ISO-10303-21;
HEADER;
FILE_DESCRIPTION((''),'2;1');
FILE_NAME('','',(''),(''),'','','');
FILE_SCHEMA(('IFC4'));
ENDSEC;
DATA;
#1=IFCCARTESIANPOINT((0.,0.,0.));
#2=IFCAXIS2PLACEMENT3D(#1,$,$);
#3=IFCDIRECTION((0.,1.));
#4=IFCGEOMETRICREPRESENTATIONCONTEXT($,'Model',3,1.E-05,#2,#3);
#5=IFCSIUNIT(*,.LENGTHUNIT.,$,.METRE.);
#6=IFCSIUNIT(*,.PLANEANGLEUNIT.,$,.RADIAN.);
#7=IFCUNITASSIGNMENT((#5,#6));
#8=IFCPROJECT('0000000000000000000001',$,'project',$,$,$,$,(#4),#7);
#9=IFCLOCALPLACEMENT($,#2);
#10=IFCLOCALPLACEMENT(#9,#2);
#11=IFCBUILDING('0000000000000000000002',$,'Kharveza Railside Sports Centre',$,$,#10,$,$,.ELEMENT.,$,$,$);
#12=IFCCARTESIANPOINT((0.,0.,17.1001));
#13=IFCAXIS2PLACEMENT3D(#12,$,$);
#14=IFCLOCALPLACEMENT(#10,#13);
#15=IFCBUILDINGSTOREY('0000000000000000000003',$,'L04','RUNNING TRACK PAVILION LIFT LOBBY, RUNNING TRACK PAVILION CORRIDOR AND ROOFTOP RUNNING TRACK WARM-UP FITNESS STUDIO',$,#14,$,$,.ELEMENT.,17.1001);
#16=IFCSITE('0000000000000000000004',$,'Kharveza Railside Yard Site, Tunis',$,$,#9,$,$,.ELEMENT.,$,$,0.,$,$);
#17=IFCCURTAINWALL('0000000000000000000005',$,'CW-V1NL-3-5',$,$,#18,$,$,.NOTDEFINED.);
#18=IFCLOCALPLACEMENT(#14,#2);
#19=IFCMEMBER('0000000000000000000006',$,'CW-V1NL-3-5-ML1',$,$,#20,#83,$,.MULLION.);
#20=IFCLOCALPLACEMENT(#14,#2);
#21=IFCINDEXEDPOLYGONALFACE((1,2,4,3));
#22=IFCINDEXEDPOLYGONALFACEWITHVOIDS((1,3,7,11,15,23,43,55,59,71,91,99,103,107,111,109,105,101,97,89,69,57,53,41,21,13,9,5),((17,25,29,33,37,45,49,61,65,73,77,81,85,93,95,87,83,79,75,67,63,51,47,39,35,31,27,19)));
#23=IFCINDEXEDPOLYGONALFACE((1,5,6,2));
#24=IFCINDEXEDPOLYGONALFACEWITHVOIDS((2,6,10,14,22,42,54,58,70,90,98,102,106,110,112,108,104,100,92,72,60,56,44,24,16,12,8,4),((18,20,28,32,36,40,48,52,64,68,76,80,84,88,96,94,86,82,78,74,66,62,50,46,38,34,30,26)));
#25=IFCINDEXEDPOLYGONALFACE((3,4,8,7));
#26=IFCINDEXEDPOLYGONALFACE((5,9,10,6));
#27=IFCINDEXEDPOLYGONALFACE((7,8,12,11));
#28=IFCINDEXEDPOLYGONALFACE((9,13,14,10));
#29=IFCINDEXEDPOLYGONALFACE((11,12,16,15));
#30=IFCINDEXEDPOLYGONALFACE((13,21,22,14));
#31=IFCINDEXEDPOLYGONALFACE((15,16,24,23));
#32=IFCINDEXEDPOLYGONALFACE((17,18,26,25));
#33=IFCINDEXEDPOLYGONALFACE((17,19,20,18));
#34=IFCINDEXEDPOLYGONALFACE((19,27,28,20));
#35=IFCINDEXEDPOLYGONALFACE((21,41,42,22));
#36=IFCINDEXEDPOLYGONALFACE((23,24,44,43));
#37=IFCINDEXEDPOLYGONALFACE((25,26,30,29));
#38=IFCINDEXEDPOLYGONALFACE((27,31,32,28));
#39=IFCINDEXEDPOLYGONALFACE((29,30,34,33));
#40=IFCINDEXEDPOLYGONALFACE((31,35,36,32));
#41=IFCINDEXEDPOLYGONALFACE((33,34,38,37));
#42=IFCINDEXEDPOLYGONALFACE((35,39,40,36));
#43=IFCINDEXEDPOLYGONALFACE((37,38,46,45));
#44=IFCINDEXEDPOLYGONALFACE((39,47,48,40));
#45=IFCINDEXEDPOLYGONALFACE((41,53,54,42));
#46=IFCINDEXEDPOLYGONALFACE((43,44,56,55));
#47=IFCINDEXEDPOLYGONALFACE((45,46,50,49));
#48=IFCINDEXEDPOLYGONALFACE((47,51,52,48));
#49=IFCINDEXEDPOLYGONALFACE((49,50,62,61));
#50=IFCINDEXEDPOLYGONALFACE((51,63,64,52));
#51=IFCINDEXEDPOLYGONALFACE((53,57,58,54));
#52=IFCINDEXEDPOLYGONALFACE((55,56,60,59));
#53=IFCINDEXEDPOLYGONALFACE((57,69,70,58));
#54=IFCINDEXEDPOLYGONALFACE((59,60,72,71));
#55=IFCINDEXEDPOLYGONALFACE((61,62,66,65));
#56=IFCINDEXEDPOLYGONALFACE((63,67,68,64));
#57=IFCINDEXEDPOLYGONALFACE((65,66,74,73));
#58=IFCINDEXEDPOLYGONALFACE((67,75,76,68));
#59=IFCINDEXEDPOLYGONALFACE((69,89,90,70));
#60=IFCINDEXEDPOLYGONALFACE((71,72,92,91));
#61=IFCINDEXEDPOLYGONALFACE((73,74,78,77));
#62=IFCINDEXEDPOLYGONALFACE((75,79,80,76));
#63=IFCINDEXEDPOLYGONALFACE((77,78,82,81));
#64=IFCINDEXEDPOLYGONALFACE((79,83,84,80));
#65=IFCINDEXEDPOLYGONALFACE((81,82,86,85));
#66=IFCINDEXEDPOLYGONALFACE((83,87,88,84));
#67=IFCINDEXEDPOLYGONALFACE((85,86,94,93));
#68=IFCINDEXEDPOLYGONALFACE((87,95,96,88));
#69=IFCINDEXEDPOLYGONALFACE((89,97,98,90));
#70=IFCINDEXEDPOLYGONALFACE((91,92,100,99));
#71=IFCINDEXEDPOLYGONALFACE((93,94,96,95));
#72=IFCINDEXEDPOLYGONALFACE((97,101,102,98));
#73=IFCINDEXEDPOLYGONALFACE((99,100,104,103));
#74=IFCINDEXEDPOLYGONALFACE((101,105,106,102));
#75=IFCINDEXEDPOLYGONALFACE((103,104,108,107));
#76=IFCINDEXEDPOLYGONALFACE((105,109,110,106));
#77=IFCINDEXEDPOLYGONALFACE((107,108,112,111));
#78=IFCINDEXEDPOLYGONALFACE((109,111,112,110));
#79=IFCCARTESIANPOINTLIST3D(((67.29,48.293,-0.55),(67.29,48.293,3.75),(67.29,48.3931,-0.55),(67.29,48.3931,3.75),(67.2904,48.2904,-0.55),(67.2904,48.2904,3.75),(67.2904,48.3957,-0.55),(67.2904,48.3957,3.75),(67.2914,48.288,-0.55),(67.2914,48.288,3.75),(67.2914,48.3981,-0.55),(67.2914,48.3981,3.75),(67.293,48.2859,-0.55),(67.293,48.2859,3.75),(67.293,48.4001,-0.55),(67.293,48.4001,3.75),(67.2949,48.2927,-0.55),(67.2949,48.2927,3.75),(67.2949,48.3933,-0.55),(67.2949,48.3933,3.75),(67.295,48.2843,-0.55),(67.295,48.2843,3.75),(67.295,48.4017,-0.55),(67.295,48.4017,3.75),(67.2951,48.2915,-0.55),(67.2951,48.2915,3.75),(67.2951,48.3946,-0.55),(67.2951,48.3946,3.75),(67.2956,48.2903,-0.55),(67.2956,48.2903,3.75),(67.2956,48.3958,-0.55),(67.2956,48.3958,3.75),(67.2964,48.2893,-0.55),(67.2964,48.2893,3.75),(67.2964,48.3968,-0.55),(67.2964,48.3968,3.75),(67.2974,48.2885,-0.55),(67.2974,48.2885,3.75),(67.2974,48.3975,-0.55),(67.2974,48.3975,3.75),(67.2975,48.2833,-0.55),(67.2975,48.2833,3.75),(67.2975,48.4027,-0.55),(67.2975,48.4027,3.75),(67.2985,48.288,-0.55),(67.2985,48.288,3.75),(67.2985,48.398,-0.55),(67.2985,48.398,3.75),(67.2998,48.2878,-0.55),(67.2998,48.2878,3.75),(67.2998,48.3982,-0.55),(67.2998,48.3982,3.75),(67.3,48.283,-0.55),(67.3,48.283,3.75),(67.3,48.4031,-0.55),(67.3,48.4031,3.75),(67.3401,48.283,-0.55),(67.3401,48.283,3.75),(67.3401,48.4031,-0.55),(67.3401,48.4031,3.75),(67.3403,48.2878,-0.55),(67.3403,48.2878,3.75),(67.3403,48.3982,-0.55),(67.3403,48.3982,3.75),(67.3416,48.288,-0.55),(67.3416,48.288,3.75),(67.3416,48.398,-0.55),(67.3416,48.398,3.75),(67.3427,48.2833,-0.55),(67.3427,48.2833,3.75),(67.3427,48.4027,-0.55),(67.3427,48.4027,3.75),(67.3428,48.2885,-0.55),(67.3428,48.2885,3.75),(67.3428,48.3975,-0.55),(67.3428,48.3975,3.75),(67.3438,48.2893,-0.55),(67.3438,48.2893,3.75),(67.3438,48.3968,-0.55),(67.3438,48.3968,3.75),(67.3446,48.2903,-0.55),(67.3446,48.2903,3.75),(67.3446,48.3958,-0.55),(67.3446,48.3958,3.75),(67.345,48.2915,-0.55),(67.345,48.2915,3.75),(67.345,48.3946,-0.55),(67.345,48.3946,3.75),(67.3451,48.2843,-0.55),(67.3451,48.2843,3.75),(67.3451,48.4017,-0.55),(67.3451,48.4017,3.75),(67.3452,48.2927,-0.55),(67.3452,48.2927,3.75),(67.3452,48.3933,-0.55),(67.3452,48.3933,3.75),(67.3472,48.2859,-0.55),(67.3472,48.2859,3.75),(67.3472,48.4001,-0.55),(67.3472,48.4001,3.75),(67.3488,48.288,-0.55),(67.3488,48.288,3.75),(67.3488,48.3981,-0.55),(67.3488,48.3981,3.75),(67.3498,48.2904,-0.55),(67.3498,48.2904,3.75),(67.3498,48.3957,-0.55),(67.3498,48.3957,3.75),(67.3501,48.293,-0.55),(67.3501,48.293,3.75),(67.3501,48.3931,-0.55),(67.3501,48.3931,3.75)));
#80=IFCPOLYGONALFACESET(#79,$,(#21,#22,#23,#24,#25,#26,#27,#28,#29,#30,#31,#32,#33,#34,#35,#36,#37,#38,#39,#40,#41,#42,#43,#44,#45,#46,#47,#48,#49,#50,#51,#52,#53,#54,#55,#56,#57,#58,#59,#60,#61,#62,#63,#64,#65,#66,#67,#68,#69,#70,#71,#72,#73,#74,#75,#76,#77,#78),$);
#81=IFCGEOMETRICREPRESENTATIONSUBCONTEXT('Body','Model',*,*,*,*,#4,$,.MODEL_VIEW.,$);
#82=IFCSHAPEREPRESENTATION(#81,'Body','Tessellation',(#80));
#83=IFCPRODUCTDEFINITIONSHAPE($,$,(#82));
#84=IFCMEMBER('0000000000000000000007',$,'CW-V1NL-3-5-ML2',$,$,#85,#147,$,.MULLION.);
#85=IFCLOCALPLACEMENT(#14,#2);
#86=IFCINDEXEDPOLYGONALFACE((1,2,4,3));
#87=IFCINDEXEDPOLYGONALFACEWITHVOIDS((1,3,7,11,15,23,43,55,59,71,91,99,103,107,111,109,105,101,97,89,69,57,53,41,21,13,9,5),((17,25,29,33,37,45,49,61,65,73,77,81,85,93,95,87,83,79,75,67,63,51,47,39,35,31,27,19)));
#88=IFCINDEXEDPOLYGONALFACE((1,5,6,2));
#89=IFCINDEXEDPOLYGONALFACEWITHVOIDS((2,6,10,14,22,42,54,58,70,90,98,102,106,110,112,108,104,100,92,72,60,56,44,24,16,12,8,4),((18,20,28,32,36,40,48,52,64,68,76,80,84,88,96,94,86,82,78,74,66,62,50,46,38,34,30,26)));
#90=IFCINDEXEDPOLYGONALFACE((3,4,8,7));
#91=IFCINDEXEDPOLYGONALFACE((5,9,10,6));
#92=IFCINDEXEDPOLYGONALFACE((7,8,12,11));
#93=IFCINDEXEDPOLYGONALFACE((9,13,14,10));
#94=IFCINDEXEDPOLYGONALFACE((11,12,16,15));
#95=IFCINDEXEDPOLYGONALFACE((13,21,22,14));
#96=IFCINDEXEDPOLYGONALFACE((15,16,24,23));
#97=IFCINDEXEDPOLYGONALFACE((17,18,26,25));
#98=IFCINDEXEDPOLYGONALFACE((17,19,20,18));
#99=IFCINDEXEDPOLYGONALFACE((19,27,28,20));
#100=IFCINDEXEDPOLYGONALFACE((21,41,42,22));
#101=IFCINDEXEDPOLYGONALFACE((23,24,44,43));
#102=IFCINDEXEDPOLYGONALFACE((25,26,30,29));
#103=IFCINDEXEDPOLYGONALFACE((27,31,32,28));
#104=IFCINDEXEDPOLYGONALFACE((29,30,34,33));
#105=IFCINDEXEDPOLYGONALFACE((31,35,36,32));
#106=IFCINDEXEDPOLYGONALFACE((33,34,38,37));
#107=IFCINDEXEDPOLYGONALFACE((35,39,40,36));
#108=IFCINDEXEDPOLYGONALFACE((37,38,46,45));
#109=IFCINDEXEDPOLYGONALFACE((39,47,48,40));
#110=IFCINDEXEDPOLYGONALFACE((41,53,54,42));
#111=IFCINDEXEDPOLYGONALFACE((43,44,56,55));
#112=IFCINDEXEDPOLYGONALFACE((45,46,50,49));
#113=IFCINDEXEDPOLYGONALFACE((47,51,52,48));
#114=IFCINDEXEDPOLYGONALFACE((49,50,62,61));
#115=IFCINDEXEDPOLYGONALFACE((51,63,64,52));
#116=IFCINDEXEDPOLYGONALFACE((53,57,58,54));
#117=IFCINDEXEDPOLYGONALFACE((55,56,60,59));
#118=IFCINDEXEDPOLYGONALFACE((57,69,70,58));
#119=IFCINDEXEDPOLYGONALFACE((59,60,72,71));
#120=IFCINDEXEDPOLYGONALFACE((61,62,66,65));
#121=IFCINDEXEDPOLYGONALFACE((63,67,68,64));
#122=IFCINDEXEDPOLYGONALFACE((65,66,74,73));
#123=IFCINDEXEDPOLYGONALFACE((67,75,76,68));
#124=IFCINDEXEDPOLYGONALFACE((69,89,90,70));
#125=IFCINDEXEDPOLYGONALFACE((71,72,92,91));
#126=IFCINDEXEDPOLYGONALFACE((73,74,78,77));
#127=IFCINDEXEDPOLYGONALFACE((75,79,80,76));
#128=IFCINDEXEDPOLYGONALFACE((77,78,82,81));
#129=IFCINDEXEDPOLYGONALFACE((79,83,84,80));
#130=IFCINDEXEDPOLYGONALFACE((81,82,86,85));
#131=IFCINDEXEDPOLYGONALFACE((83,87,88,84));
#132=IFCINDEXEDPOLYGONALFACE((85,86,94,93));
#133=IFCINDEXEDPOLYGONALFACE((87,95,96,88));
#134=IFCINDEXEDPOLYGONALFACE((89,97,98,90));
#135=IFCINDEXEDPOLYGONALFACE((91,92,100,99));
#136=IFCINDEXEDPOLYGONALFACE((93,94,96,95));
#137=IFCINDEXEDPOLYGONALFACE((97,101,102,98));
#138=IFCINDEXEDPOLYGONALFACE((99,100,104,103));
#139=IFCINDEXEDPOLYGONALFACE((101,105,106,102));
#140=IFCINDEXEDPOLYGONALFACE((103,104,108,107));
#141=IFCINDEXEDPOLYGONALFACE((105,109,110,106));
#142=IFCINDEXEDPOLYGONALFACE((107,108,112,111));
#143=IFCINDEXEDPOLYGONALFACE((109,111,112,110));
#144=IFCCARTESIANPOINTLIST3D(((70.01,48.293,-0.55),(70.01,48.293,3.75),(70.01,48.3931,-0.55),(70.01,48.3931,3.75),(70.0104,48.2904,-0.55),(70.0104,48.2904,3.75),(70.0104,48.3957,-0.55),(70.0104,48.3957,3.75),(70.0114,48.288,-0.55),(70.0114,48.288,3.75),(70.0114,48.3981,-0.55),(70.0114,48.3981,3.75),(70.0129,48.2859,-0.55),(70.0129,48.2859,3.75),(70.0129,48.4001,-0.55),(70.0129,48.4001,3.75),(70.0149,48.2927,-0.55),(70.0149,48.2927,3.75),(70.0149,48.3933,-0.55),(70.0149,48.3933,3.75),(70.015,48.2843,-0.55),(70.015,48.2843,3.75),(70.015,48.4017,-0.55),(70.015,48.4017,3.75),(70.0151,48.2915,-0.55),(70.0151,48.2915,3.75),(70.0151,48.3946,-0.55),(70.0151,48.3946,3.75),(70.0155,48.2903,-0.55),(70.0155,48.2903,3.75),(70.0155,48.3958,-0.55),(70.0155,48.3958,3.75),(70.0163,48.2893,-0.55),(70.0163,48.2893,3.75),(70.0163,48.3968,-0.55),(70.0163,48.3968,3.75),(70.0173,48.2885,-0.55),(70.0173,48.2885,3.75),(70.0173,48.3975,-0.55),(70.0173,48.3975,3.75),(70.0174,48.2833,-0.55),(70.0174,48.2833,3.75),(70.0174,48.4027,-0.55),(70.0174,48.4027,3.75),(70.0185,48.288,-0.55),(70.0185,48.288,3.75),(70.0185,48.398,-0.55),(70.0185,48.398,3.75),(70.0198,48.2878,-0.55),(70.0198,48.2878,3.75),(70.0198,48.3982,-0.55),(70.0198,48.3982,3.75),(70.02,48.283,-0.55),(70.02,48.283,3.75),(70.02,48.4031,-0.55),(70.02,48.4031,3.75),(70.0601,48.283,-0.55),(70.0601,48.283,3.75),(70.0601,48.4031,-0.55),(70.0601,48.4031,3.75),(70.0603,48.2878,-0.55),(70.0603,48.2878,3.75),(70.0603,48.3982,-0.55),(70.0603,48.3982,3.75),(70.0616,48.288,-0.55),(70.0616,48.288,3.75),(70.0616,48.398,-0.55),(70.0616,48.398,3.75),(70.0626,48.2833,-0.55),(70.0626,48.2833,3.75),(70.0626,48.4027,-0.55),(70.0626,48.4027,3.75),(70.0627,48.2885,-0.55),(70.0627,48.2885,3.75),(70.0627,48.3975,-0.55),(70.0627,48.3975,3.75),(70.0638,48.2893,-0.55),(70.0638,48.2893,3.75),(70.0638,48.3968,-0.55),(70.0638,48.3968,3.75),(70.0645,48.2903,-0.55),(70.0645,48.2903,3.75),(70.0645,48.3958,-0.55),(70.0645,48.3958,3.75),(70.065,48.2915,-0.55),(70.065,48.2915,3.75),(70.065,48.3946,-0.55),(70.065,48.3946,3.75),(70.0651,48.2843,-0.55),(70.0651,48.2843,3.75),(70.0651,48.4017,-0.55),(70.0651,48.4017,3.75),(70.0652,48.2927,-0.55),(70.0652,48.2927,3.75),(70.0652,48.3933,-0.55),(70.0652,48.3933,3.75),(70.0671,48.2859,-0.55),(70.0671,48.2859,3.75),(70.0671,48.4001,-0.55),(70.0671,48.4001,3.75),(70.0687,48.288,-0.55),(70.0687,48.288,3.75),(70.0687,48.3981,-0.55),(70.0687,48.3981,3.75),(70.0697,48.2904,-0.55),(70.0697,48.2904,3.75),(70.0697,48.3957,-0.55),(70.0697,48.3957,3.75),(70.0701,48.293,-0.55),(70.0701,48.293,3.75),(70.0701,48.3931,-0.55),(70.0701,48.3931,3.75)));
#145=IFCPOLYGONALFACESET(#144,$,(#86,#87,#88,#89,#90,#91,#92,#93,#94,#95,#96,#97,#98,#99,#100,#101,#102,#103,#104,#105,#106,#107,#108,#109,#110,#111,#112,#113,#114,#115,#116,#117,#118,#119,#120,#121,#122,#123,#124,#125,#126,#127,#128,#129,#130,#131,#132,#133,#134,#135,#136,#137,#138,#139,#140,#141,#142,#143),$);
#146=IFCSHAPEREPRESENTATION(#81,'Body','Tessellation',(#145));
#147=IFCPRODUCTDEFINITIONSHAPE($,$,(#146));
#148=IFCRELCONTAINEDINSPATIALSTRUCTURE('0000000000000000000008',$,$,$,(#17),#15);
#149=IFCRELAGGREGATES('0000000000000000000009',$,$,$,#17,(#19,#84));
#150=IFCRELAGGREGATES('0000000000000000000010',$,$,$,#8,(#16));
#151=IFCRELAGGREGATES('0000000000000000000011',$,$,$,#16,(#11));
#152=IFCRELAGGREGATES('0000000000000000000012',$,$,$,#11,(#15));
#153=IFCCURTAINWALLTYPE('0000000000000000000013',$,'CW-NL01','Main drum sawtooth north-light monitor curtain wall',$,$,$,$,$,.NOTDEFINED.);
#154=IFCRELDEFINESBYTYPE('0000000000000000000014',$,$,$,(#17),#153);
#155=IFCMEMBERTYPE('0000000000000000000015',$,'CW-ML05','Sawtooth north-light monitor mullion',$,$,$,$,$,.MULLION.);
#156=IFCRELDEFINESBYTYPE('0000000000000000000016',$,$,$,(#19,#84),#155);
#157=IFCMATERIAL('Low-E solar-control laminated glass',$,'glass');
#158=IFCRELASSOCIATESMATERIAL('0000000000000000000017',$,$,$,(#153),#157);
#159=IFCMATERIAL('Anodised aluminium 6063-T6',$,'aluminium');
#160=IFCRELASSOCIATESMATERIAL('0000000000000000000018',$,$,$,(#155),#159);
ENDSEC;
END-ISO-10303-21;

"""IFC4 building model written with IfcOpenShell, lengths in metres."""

from ifc_helpers import new_model, si_unit, direction, frame, origin, origin_2d, place, context, subcontext, project, spatial, hollow_rectangle, extrude, material, material_profile, profile_set, type_object, element, aggregate, save


model = new_model("IFC4")

# Units and contexts
model_context = context("Model", 3, precision=1e-05, world=origin(), true_north=direction((0.0, 1.0)))
body_context = subcontext(model_context, "Body", "Model", "MODEL_VIEW")
ifc_project = project(units=[si_unit("LENGTHUNIT", "METRE"), si_unit("PLANEANGLEUNIT", "RADIAN")], contexts=[model_context])

# Site, building, storey
site_placement = place(None, origin())
site = spatial("IfcSite", under=ifc_project, at=site_placement, Name="Kharveza Railside Yard Site, Tunis", CompositionType="ELEMENT", RefElevation=0.0)
building_placement = place(site_placement, origin())
building = spatial("IfcBuilding", under=site, at=building_placement, Name="Kharveza Railside Sports Centre", CompositionType="ELEMENT")
storey_placement = place(building_placement, frame((0.0, 0.0, 17.1001)))
storey = spatial("IfcBuildingStorey", under=building, at=storey_placement, Name="L04", Description="RUNNING TRACK PAVILION LIFT LOBBY, RUNNING TRACK PAVILION CORRIDOR AND ROOFTOP RUNNING TRACK WARM-UP FITNESS STUDIO", CompositionType="ELEMENT", Elevation=17.1001)

# Curtain wall, members
ifc_material_1 = material(Name="Low-E solar-control laminated glass", Category="glass")
curtain_wall_type = type_object("IfcCurtainWallType", Name="CW-NL01", Description="Main drum sawtooth north-light monitor curtain wall", PredefinedType="NOTDEFINED", material=ifc_material_1)
ifc_material_2 = material(Name="Anodised aluminium 6063-T6", Category="aluminium")
ifc_material_profile_1 = material_profile(ifc_material_2, hollow_rectangle(XDim=0.0601, YDim=0.1201, WallThickness=0.0049, InnerFilletRadius=0.0049, OuterFilletRadius=0.01, at=origin_2d()), Name="RHS 60x120x5.0")
ifc_profile_set_1 = profile_set([ifc_material_profile_1], Name="Anodised aluminium 6063-T6")
member_type_1 = type_object("IfcMemberType", Name="CW-ML05", Description="Sawtooth north-light monitor mullion", PredefinedType="MULLION", material=ifc_profile_set_1)
curtain_wall_1_placement = place(storey_placement, origin())
curtain_wall_1 = element("IfcCurtainWall", 1, at=curtain_wall_1_placement, inside=storey, type_object=curtain_wall_type, Name="CW-V1NL-3-5", PredefinedType="NOTDEFINED")
member_1_placement = place(storey_placement, frame((67.3201, 48.343, -0.55), z_axis=(0.0, 0.0, 1.0), x_axis=(1.0, 0.0, 0.0)))
member_1 = element("IfcMember", 2, at=member_1_placement, type_object=member_type_1, Name="CW-V1NL-3-5-ML1", PredefinedType="MULLION", context=body_context, shape_type="SweptSolid", body=[
    extrude(hollow_rectangle(XDim=0.0601, YDim=0.1201, WallThickness=0.0049, InnerFilletRadius=0.0049, OuterFilletRadius=0.01, at=origin_2d()), origin(), (0.0, 0.0, 1.0), 4.3),
])
member_2_placement = place(storey_placement, frame((70.04, 48.343, -0.55), z_axis=(0.0, 0.0, 1.0), x_axis=(1.0, 0.0, 0.0)))
member_2 = element("IfcMember", 3, at=member_2_placement, type_object=member_type_1, Name="CW-V1NL-3-5-ML2", PredefinedType="MULLION", context=body_context, shape_type="SweptSolid", body=[
    extrude(hollow_rectangle(XDim=0.0601, YDim=0.1201, WallThickness=0.0049, InnerFilletRadius=0.0049, OuterFilletRadius=0.01, at=origin_2d()), origin(), (0.0, 0.0, 1.0), 4.3),
])

aggregate(curtain_wall_1, [member_1, member_2])

save(model, "model.ifc")
